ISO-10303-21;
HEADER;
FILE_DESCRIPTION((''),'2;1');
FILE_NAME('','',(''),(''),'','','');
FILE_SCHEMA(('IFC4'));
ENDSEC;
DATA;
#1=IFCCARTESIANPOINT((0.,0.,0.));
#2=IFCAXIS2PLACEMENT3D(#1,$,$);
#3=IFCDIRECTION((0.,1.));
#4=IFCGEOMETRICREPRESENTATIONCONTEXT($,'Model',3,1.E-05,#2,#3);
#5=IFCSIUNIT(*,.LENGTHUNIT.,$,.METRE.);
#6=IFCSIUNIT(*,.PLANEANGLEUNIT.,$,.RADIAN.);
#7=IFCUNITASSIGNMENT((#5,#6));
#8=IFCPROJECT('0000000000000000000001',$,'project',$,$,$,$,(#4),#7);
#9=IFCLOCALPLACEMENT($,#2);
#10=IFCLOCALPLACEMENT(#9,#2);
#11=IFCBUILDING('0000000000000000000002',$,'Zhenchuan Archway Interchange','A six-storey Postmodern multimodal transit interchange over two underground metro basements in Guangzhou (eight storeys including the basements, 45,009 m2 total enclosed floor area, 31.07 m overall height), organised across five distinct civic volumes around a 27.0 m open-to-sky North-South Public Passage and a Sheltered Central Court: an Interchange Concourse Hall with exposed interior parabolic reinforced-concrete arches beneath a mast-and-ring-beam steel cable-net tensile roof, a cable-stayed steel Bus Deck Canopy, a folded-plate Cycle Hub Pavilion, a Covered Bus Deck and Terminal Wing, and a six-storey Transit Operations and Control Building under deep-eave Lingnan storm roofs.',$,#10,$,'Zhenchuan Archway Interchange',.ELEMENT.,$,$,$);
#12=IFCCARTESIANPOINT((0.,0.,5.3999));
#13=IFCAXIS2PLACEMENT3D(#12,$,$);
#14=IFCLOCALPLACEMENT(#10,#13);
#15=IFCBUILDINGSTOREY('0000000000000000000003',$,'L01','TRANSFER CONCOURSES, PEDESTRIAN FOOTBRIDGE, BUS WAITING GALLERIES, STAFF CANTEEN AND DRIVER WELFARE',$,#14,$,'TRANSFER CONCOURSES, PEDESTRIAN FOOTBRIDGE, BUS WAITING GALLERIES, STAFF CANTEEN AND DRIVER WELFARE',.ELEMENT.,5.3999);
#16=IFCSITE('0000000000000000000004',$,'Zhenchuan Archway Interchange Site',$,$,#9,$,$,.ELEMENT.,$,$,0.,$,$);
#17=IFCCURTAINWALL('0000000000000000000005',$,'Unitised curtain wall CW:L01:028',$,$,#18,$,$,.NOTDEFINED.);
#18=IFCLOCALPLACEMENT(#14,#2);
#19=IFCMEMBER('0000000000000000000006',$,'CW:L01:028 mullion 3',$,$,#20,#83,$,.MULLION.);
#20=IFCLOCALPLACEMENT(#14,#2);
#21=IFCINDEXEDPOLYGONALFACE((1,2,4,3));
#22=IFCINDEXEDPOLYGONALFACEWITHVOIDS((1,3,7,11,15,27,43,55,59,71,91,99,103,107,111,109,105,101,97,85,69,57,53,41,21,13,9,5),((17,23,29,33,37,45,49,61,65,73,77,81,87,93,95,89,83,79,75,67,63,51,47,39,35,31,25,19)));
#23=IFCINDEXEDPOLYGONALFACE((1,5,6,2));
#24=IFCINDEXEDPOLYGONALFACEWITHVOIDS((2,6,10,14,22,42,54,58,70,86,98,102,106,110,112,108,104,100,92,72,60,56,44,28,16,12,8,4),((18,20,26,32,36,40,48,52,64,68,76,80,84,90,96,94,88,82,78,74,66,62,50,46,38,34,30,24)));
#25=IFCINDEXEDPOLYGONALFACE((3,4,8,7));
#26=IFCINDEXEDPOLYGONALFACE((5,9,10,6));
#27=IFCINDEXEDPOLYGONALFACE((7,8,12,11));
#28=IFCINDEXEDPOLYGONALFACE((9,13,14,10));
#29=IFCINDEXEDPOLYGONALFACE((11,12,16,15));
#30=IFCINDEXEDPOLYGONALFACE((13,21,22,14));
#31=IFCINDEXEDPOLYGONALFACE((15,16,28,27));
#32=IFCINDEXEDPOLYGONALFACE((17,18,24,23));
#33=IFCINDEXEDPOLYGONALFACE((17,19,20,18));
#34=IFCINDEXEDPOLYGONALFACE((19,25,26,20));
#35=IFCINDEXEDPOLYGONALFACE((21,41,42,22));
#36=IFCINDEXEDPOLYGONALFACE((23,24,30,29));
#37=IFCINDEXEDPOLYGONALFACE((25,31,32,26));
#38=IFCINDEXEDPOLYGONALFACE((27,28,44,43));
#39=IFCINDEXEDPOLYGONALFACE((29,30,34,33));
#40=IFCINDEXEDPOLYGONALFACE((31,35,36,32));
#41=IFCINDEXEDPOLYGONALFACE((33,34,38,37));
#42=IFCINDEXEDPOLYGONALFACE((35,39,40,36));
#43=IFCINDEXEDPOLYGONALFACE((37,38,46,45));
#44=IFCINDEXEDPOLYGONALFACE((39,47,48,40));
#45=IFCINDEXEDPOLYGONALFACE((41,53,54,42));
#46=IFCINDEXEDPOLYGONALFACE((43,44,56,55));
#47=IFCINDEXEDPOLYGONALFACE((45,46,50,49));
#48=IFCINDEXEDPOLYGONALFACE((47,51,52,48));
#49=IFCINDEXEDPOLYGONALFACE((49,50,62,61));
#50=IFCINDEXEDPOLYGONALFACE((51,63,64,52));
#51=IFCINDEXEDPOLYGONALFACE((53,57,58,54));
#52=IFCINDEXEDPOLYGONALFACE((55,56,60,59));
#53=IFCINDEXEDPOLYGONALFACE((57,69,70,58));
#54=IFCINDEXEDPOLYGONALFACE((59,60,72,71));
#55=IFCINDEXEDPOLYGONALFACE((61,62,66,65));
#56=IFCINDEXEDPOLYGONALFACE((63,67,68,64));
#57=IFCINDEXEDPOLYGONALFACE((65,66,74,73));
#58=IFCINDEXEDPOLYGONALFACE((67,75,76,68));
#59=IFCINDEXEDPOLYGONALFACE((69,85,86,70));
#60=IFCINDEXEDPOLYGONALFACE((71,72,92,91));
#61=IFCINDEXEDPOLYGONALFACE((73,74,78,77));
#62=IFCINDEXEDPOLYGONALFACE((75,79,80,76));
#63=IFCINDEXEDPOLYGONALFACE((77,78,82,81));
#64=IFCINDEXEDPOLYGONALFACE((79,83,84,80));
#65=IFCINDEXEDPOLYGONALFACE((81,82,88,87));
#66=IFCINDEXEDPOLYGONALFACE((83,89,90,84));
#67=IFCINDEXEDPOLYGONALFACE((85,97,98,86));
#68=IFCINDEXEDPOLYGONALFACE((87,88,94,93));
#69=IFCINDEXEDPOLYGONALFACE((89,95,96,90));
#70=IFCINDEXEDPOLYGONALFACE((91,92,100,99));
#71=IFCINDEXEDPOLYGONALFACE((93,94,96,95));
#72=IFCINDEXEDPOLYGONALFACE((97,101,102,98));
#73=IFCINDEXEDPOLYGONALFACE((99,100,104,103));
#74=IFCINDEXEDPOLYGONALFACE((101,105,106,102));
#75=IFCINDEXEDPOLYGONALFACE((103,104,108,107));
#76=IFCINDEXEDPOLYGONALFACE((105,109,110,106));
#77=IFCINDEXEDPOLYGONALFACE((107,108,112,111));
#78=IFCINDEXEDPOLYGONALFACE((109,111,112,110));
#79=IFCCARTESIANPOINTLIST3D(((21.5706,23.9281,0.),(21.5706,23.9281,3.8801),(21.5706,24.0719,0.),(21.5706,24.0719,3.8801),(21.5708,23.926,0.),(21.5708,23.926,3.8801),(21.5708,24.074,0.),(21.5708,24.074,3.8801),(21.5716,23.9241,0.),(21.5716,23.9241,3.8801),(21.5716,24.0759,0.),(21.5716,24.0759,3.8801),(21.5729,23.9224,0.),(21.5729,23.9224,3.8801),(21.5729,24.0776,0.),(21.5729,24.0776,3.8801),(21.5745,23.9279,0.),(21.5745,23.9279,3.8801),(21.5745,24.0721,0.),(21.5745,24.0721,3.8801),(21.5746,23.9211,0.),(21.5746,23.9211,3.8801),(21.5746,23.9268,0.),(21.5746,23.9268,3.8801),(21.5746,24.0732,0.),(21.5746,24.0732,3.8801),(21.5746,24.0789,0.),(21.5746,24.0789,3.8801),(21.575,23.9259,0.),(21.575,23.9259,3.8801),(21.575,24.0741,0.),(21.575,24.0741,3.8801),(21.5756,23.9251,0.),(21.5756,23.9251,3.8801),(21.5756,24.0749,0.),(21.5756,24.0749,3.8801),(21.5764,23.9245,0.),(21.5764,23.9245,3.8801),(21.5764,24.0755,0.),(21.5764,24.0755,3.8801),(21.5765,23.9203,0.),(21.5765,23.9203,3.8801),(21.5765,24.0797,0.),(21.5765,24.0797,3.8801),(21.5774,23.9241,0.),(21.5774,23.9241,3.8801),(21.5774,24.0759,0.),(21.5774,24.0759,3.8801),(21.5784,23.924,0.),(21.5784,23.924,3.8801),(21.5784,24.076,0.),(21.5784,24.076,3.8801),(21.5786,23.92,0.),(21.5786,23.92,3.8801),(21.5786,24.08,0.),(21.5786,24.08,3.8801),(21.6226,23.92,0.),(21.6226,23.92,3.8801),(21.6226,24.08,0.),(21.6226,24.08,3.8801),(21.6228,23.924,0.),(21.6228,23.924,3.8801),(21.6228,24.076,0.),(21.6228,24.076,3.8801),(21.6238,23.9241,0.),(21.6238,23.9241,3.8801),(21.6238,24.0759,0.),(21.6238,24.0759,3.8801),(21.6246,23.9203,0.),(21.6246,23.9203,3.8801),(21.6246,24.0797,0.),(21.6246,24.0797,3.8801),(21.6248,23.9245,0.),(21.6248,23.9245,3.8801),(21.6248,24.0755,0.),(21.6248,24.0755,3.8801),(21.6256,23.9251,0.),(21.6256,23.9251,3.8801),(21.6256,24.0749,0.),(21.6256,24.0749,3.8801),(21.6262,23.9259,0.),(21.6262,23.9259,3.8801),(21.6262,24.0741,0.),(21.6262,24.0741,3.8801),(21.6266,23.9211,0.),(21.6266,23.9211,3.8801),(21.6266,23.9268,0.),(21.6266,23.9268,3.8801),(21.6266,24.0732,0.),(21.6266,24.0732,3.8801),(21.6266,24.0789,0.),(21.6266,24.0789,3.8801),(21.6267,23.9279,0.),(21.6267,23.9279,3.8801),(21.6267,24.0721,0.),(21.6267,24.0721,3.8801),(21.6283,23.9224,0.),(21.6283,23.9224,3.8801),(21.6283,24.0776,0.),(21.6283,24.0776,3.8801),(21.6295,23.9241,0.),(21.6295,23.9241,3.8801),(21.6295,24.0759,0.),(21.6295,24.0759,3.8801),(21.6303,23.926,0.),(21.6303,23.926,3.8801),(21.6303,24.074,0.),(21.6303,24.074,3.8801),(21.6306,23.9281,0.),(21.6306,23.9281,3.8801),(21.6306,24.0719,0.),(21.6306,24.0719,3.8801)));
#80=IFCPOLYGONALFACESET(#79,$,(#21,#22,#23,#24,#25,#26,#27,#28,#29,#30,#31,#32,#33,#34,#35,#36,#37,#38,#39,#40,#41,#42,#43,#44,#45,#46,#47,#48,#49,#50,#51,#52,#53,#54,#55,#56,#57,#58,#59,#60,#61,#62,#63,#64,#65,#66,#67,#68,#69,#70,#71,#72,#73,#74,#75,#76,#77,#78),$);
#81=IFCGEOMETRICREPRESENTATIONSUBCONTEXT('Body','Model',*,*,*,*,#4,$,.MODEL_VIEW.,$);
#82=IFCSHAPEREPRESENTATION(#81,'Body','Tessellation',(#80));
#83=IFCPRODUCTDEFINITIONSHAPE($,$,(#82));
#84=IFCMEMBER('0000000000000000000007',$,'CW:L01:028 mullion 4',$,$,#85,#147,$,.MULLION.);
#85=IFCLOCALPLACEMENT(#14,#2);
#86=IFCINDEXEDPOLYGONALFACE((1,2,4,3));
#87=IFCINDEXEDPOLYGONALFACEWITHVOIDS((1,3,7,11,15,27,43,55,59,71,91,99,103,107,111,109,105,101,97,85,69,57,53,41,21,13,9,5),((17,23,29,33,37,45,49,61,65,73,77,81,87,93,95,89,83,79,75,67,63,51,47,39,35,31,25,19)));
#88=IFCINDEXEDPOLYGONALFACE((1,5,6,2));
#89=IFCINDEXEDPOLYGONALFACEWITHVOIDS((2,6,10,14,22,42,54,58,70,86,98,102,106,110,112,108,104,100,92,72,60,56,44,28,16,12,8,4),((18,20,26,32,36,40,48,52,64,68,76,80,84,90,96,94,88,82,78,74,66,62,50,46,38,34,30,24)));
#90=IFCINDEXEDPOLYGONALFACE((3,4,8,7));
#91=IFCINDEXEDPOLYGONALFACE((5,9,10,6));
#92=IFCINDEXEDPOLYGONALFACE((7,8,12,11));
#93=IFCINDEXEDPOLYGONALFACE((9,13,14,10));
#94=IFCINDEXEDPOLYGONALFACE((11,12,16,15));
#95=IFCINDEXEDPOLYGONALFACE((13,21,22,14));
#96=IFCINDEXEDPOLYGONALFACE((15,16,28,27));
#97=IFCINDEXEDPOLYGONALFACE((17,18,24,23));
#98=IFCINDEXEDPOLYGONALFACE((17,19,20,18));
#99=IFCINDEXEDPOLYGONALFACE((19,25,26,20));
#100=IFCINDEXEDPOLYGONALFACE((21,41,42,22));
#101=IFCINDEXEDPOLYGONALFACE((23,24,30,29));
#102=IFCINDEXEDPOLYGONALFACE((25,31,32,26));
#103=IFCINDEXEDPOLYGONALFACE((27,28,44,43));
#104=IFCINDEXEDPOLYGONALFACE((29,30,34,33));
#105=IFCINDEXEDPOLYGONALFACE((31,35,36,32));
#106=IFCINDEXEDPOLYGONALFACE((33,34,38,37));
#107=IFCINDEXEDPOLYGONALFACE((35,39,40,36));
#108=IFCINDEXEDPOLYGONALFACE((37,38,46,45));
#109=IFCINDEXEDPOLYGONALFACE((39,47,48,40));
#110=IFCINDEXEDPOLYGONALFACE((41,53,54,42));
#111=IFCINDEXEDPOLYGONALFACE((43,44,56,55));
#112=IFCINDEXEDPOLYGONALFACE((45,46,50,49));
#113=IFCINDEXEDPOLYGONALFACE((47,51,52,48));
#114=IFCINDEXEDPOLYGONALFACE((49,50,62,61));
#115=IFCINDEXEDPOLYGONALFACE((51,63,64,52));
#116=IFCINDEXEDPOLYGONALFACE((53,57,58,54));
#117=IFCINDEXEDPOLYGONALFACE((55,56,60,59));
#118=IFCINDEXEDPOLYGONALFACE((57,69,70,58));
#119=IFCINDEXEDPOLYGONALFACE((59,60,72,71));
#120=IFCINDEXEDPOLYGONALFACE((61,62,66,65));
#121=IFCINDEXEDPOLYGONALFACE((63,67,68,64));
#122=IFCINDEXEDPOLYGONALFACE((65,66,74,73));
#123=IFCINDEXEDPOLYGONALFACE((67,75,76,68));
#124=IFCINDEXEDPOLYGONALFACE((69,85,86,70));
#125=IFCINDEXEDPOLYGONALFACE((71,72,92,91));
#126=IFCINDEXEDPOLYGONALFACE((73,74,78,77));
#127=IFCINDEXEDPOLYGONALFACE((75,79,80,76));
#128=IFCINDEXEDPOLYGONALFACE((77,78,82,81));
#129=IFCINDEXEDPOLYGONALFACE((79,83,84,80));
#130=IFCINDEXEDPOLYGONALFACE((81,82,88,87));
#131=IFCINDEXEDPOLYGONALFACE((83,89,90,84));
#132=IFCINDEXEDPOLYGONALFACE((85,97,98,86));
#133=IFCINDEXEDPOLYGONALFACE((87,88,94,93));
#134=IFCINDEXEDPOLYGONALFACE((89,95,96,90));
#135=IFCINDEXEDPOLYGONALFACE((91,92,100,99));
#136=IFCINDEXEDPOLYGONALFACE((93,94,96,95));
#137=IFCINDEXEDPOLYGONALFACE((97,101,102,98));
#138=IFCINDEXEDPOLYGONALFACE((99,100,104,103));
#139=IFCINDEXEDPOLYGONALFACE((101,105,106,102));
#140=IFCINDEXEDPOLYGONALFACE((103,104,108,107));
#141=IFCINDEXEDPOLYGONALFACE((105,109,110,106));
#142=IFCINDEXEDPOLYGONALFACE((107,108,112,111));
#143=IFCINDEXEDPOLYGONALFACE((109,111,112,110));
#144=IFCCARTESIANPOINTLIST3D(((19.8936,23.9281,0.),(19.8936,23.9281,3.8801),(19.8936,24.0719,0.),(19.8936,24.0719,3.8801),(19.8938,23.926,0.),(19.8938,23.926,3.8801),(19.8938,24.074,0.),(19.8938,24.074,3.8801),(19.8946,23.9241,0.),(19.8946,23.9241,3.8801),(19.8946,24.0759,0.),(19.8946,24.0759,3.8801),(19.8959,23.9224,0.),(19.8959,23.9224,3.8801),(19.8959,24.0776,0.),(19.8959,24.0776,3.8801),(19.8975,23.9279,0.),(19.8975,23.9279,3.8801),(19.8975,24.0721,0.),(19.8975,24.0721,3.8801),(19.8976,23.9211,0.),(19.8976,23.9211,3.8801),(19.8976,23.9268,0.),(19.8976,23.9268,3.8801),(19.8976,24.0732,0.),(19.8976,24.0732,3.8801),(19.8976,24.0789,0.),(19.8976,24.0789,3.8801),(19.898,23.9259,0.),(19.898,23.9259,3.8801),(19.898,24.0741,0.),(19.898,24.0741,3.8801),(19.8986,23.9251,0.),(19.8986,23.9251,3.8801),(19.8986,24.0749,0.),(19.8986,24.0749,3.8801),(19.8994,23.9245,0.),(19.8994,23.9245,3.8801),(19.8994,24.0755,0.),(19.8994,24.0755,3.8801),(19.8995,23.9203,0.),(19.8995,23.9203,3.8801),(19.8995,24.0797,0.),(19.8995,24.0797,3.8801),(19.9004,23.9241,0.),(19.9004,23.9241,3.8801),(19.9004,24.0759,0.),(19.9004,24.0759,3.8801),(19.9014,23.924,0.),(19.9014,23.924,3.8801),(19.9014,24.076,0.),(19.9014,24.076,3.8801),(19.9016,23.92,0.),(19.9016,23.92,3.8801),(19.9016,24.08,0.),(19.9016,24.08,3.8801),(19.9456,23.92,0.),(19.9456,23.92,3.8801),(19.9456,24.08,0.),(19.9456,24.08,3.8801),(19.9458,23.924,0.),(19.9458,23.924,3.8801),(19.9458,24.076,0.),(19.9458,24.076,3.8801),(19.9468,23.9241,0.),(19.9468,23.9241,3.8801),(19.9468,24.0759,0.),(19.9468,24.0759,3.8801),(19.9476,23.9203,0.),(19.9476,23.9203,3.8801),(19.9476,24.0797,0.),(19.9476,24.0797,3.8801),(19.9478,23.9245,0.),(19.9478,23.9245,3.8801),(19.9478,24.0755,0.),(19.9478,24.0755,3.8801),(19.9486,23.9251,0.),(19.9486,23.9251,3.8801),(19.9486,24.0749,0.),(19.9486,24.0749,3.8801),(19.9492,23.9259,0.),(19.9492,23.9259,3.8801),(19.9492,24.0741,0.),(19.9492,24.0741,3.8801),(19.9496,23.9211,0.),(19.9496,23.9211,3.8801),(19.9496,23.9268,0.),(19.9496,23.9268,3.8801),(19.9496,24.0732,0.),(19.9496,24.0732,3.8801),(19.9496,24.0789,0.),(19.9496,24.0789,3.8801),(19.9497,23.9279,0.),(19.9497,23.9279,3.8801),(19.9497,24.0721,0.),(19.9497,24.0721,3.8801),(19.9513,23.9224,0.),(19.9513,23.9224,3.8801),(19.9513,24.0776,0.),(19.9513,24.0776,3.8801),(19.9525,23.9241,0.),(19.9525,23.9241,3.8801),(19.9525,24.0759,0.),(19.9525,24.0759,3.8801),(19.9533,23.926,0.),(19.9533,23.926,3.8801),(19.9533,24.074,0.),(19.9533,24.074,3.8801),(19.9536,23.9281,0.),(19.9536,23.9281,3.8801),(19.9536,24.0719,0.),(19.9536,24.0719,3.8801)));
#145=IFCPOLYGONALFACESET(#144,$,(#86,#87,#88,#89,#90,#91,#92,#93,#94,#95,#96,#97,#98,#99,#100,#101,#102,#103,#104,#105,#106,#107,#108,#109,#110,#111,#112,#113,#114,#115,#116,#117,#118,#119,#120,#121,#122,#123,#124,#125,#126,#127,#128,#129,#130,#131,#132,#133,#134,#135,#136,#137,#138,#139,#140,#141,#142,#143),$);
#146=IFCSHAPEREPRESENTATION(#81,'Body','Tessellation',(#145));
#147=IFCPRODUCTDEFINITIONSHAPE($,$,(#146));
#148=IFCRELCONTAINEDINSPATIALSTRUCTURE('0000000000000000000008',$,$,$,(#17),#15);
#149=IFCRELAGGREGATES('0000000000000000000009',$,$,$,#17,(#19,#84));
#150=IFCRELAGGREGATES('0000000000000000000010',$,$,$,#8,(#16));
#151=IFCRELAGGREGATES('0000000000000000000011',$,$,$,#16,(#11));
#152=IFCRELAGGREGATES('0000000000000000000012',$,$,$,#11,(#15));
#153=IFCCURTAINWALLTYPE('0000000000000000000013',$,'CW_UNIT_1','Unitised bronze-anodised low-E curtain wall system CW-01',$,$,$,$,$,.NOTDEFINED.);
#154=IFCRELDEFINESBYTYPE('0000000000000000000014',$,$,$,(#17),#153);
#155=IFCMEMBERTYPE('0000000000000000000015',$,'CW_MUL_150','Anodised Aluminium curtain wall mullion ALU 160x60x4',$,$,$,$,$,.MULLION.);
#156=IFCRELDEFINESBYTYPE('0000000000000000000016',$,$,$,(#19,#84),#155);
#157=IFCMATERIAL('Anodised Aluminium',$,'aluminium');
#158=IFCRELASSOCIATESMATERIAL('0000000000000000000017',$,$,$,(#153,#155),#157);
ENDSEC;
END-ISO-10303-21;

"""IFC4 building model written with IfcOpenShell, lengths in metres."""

from ifc_helpers import new_model, si_unit, direction, frame, origin, origin_2d, place, context, subcontext, project, spatial, hollow_rectangle, extrude, material, material_profile, profile_set, type_object, element, aggregate, save


model = new_model("IFC4")

# Units and contexts
model_context = context("Model", 3, precision=1e-05, world=origin(), true_north=direction((0.0, 1.0)))
body_context = subcontext(model_context, "Body", "Model", "MODEL_VIEW")
ifc_project = project(units=[si_unit("LENGTHUNIT", "METRE"), si_unit("PLANEANGLEUNIT", "RADIAN")], contexts=[model_context])

# Site, building, storey
site_placement = place(None, origin())
site = spatial("IfcSite", under=ifc_project, at=site_placement, Name="Zhenchuan Archway Interchange Site", CompositionType="ELEMENT", RefElevation=0.0)
building_placement = place(site_placement, origin())
building = spatial("IfcBuilding", under=site, at=building_placement, Name="Zhenchuan Archway Interchange", Description="A six-storey Postmodern multimodal transit interchange over two underground metro basements in Guangzhou (eight storeys including the basements, 45,009 m2 total enclosed floor area, 31.07 m overall height), organised across five distinct civic volumes around a 27.0 m open-to-sky North-South Public Passage and a Sheltered Central Court: an Interchange Concourse Hall with exposed interior parabolic reinforced-concrete arches beneath a mast-and-ring-beam steel cable-net tensile roof, a cable-stayed steel Bus Deck Canopy, a folded-plate Cycle Hub Pavilion, a Covered Bus Deck and Terminal Wing, and a six-storey Transit Operations and Control Building under deep-eave Lingnan storm roofs.", LongName="Zhenchuan Archway Interchange", CompositionType="ELEMENT")
storey_placement = place(building_placement, frame((0.0, 0.0, 5.3999)))
storey = spatial("IfcBuildingStorey", under=building, at=storey_placement, Name="L01", Description="TRANSFER CONCOURSES, PEDESTRIAN FOOTBRIDGE, BUS WAITING GALLERIES, STAFF CANTEEN AND DRIVER WELFARE", LongName="TRANSFER CONCOURSES, PEDESTRIAN FOOTBRIDGE, BUS WAITING GALLERIES, STAFF CANTEEN AND DRIVER WELFARE", CompositionType="ELEMENT", Elevation=5.3999)

# Curtain wall, members
ifc_material_1 = material(Name="Anodised Aluminium", Category="aluminium")
curtain_wall_type_1 = type_object("IfcCurtainWallType", Name="CW_UNIT_1", Description="Unitised bronze-anodised low-E curtain wall system CW-01", PredefinedType="NOTDEFINED", material=ifc_material_1)
curtain_wall_1_placement = place(storey_placement, origin())
curtain_wall_1 = element("IfcCurtainWall", 1, at=curtain_wall_1_placement, inside=storey, type_object=curtain_wall_type_1, Name="Unitised curtain wall CW:L01:028", PredefinedType="NOTDEFINED")
ifc_material_profile_1 = material_profile(ifc_material_1, hollow_rectangle(XDim=0.0601, YDim=0.1599, WallThickness=0.0039, InnerFilletRadius=0.0039, OuterFilletRadius=0.0081, at=origin_2d()), Name="ALU 160x60x4")
ifc_profile_set_1 = profile_set([ifc_material_profile_1], Name="Anodised Aluminium")
member_type_1 = type_object("IfcMemberType", Name="CW_MUL_150", Description="Anodised Aluminium curtain wall mullion ALU 160x60x4", PredefinedType="MULLION", material=ifc_profile_set_1)
member_1_placement = place(storey_placement, frame((21.6006, 24.0, 0.0), z_axis=(0.0, 0.0, 1.0), x_axis=(1.0, 0.0, 0.0)))
member_1 = element("IfcMember", 2, at=member_1_placement, type_object=member_type_1, Name="CW:L01:028 mullion 3", PredefinedType="MULLION", context=body_context, shape_type="SweptSolid", body=[
    extrude(hollow_rectangle(XDim=0.0601, YDim=0.1599, WallThickness=0.0039, InnerFilletRadius=0.0039, OuterFilletRadius=0.0081, at=origin_2d()), origin(), (0.0, 0.0, 1.0), 3.8801),
])
member_2_placement = place(storey_placement, frame((19.9236, 24.0, 0.0), z_axis=(0.0, 0.0, 1.0), x_axis=(1.0, 0.0, 0.0)))
member_2 = element("IfcMember", 3, at=member_2_placement, type_object=member_type_1, Name="CW:L01:028 mullion 4", PredefinedType="MULLION", context=body_context, shape_type="SweptSolid", body=[
    extrude(hollow_rectangle(XDim=0.0601, YDim=0.1599, WallThickness=0.0039, InnerFilletRadius=0.0039, OuterFilletRadius=0.0081, at=origin_2d()), origin(), (0.0, 0.0, 1.0), 3.8801),
])

aggregate(curtain_wall_1, [member_1, member_2])

save(model, "model.ifc")
